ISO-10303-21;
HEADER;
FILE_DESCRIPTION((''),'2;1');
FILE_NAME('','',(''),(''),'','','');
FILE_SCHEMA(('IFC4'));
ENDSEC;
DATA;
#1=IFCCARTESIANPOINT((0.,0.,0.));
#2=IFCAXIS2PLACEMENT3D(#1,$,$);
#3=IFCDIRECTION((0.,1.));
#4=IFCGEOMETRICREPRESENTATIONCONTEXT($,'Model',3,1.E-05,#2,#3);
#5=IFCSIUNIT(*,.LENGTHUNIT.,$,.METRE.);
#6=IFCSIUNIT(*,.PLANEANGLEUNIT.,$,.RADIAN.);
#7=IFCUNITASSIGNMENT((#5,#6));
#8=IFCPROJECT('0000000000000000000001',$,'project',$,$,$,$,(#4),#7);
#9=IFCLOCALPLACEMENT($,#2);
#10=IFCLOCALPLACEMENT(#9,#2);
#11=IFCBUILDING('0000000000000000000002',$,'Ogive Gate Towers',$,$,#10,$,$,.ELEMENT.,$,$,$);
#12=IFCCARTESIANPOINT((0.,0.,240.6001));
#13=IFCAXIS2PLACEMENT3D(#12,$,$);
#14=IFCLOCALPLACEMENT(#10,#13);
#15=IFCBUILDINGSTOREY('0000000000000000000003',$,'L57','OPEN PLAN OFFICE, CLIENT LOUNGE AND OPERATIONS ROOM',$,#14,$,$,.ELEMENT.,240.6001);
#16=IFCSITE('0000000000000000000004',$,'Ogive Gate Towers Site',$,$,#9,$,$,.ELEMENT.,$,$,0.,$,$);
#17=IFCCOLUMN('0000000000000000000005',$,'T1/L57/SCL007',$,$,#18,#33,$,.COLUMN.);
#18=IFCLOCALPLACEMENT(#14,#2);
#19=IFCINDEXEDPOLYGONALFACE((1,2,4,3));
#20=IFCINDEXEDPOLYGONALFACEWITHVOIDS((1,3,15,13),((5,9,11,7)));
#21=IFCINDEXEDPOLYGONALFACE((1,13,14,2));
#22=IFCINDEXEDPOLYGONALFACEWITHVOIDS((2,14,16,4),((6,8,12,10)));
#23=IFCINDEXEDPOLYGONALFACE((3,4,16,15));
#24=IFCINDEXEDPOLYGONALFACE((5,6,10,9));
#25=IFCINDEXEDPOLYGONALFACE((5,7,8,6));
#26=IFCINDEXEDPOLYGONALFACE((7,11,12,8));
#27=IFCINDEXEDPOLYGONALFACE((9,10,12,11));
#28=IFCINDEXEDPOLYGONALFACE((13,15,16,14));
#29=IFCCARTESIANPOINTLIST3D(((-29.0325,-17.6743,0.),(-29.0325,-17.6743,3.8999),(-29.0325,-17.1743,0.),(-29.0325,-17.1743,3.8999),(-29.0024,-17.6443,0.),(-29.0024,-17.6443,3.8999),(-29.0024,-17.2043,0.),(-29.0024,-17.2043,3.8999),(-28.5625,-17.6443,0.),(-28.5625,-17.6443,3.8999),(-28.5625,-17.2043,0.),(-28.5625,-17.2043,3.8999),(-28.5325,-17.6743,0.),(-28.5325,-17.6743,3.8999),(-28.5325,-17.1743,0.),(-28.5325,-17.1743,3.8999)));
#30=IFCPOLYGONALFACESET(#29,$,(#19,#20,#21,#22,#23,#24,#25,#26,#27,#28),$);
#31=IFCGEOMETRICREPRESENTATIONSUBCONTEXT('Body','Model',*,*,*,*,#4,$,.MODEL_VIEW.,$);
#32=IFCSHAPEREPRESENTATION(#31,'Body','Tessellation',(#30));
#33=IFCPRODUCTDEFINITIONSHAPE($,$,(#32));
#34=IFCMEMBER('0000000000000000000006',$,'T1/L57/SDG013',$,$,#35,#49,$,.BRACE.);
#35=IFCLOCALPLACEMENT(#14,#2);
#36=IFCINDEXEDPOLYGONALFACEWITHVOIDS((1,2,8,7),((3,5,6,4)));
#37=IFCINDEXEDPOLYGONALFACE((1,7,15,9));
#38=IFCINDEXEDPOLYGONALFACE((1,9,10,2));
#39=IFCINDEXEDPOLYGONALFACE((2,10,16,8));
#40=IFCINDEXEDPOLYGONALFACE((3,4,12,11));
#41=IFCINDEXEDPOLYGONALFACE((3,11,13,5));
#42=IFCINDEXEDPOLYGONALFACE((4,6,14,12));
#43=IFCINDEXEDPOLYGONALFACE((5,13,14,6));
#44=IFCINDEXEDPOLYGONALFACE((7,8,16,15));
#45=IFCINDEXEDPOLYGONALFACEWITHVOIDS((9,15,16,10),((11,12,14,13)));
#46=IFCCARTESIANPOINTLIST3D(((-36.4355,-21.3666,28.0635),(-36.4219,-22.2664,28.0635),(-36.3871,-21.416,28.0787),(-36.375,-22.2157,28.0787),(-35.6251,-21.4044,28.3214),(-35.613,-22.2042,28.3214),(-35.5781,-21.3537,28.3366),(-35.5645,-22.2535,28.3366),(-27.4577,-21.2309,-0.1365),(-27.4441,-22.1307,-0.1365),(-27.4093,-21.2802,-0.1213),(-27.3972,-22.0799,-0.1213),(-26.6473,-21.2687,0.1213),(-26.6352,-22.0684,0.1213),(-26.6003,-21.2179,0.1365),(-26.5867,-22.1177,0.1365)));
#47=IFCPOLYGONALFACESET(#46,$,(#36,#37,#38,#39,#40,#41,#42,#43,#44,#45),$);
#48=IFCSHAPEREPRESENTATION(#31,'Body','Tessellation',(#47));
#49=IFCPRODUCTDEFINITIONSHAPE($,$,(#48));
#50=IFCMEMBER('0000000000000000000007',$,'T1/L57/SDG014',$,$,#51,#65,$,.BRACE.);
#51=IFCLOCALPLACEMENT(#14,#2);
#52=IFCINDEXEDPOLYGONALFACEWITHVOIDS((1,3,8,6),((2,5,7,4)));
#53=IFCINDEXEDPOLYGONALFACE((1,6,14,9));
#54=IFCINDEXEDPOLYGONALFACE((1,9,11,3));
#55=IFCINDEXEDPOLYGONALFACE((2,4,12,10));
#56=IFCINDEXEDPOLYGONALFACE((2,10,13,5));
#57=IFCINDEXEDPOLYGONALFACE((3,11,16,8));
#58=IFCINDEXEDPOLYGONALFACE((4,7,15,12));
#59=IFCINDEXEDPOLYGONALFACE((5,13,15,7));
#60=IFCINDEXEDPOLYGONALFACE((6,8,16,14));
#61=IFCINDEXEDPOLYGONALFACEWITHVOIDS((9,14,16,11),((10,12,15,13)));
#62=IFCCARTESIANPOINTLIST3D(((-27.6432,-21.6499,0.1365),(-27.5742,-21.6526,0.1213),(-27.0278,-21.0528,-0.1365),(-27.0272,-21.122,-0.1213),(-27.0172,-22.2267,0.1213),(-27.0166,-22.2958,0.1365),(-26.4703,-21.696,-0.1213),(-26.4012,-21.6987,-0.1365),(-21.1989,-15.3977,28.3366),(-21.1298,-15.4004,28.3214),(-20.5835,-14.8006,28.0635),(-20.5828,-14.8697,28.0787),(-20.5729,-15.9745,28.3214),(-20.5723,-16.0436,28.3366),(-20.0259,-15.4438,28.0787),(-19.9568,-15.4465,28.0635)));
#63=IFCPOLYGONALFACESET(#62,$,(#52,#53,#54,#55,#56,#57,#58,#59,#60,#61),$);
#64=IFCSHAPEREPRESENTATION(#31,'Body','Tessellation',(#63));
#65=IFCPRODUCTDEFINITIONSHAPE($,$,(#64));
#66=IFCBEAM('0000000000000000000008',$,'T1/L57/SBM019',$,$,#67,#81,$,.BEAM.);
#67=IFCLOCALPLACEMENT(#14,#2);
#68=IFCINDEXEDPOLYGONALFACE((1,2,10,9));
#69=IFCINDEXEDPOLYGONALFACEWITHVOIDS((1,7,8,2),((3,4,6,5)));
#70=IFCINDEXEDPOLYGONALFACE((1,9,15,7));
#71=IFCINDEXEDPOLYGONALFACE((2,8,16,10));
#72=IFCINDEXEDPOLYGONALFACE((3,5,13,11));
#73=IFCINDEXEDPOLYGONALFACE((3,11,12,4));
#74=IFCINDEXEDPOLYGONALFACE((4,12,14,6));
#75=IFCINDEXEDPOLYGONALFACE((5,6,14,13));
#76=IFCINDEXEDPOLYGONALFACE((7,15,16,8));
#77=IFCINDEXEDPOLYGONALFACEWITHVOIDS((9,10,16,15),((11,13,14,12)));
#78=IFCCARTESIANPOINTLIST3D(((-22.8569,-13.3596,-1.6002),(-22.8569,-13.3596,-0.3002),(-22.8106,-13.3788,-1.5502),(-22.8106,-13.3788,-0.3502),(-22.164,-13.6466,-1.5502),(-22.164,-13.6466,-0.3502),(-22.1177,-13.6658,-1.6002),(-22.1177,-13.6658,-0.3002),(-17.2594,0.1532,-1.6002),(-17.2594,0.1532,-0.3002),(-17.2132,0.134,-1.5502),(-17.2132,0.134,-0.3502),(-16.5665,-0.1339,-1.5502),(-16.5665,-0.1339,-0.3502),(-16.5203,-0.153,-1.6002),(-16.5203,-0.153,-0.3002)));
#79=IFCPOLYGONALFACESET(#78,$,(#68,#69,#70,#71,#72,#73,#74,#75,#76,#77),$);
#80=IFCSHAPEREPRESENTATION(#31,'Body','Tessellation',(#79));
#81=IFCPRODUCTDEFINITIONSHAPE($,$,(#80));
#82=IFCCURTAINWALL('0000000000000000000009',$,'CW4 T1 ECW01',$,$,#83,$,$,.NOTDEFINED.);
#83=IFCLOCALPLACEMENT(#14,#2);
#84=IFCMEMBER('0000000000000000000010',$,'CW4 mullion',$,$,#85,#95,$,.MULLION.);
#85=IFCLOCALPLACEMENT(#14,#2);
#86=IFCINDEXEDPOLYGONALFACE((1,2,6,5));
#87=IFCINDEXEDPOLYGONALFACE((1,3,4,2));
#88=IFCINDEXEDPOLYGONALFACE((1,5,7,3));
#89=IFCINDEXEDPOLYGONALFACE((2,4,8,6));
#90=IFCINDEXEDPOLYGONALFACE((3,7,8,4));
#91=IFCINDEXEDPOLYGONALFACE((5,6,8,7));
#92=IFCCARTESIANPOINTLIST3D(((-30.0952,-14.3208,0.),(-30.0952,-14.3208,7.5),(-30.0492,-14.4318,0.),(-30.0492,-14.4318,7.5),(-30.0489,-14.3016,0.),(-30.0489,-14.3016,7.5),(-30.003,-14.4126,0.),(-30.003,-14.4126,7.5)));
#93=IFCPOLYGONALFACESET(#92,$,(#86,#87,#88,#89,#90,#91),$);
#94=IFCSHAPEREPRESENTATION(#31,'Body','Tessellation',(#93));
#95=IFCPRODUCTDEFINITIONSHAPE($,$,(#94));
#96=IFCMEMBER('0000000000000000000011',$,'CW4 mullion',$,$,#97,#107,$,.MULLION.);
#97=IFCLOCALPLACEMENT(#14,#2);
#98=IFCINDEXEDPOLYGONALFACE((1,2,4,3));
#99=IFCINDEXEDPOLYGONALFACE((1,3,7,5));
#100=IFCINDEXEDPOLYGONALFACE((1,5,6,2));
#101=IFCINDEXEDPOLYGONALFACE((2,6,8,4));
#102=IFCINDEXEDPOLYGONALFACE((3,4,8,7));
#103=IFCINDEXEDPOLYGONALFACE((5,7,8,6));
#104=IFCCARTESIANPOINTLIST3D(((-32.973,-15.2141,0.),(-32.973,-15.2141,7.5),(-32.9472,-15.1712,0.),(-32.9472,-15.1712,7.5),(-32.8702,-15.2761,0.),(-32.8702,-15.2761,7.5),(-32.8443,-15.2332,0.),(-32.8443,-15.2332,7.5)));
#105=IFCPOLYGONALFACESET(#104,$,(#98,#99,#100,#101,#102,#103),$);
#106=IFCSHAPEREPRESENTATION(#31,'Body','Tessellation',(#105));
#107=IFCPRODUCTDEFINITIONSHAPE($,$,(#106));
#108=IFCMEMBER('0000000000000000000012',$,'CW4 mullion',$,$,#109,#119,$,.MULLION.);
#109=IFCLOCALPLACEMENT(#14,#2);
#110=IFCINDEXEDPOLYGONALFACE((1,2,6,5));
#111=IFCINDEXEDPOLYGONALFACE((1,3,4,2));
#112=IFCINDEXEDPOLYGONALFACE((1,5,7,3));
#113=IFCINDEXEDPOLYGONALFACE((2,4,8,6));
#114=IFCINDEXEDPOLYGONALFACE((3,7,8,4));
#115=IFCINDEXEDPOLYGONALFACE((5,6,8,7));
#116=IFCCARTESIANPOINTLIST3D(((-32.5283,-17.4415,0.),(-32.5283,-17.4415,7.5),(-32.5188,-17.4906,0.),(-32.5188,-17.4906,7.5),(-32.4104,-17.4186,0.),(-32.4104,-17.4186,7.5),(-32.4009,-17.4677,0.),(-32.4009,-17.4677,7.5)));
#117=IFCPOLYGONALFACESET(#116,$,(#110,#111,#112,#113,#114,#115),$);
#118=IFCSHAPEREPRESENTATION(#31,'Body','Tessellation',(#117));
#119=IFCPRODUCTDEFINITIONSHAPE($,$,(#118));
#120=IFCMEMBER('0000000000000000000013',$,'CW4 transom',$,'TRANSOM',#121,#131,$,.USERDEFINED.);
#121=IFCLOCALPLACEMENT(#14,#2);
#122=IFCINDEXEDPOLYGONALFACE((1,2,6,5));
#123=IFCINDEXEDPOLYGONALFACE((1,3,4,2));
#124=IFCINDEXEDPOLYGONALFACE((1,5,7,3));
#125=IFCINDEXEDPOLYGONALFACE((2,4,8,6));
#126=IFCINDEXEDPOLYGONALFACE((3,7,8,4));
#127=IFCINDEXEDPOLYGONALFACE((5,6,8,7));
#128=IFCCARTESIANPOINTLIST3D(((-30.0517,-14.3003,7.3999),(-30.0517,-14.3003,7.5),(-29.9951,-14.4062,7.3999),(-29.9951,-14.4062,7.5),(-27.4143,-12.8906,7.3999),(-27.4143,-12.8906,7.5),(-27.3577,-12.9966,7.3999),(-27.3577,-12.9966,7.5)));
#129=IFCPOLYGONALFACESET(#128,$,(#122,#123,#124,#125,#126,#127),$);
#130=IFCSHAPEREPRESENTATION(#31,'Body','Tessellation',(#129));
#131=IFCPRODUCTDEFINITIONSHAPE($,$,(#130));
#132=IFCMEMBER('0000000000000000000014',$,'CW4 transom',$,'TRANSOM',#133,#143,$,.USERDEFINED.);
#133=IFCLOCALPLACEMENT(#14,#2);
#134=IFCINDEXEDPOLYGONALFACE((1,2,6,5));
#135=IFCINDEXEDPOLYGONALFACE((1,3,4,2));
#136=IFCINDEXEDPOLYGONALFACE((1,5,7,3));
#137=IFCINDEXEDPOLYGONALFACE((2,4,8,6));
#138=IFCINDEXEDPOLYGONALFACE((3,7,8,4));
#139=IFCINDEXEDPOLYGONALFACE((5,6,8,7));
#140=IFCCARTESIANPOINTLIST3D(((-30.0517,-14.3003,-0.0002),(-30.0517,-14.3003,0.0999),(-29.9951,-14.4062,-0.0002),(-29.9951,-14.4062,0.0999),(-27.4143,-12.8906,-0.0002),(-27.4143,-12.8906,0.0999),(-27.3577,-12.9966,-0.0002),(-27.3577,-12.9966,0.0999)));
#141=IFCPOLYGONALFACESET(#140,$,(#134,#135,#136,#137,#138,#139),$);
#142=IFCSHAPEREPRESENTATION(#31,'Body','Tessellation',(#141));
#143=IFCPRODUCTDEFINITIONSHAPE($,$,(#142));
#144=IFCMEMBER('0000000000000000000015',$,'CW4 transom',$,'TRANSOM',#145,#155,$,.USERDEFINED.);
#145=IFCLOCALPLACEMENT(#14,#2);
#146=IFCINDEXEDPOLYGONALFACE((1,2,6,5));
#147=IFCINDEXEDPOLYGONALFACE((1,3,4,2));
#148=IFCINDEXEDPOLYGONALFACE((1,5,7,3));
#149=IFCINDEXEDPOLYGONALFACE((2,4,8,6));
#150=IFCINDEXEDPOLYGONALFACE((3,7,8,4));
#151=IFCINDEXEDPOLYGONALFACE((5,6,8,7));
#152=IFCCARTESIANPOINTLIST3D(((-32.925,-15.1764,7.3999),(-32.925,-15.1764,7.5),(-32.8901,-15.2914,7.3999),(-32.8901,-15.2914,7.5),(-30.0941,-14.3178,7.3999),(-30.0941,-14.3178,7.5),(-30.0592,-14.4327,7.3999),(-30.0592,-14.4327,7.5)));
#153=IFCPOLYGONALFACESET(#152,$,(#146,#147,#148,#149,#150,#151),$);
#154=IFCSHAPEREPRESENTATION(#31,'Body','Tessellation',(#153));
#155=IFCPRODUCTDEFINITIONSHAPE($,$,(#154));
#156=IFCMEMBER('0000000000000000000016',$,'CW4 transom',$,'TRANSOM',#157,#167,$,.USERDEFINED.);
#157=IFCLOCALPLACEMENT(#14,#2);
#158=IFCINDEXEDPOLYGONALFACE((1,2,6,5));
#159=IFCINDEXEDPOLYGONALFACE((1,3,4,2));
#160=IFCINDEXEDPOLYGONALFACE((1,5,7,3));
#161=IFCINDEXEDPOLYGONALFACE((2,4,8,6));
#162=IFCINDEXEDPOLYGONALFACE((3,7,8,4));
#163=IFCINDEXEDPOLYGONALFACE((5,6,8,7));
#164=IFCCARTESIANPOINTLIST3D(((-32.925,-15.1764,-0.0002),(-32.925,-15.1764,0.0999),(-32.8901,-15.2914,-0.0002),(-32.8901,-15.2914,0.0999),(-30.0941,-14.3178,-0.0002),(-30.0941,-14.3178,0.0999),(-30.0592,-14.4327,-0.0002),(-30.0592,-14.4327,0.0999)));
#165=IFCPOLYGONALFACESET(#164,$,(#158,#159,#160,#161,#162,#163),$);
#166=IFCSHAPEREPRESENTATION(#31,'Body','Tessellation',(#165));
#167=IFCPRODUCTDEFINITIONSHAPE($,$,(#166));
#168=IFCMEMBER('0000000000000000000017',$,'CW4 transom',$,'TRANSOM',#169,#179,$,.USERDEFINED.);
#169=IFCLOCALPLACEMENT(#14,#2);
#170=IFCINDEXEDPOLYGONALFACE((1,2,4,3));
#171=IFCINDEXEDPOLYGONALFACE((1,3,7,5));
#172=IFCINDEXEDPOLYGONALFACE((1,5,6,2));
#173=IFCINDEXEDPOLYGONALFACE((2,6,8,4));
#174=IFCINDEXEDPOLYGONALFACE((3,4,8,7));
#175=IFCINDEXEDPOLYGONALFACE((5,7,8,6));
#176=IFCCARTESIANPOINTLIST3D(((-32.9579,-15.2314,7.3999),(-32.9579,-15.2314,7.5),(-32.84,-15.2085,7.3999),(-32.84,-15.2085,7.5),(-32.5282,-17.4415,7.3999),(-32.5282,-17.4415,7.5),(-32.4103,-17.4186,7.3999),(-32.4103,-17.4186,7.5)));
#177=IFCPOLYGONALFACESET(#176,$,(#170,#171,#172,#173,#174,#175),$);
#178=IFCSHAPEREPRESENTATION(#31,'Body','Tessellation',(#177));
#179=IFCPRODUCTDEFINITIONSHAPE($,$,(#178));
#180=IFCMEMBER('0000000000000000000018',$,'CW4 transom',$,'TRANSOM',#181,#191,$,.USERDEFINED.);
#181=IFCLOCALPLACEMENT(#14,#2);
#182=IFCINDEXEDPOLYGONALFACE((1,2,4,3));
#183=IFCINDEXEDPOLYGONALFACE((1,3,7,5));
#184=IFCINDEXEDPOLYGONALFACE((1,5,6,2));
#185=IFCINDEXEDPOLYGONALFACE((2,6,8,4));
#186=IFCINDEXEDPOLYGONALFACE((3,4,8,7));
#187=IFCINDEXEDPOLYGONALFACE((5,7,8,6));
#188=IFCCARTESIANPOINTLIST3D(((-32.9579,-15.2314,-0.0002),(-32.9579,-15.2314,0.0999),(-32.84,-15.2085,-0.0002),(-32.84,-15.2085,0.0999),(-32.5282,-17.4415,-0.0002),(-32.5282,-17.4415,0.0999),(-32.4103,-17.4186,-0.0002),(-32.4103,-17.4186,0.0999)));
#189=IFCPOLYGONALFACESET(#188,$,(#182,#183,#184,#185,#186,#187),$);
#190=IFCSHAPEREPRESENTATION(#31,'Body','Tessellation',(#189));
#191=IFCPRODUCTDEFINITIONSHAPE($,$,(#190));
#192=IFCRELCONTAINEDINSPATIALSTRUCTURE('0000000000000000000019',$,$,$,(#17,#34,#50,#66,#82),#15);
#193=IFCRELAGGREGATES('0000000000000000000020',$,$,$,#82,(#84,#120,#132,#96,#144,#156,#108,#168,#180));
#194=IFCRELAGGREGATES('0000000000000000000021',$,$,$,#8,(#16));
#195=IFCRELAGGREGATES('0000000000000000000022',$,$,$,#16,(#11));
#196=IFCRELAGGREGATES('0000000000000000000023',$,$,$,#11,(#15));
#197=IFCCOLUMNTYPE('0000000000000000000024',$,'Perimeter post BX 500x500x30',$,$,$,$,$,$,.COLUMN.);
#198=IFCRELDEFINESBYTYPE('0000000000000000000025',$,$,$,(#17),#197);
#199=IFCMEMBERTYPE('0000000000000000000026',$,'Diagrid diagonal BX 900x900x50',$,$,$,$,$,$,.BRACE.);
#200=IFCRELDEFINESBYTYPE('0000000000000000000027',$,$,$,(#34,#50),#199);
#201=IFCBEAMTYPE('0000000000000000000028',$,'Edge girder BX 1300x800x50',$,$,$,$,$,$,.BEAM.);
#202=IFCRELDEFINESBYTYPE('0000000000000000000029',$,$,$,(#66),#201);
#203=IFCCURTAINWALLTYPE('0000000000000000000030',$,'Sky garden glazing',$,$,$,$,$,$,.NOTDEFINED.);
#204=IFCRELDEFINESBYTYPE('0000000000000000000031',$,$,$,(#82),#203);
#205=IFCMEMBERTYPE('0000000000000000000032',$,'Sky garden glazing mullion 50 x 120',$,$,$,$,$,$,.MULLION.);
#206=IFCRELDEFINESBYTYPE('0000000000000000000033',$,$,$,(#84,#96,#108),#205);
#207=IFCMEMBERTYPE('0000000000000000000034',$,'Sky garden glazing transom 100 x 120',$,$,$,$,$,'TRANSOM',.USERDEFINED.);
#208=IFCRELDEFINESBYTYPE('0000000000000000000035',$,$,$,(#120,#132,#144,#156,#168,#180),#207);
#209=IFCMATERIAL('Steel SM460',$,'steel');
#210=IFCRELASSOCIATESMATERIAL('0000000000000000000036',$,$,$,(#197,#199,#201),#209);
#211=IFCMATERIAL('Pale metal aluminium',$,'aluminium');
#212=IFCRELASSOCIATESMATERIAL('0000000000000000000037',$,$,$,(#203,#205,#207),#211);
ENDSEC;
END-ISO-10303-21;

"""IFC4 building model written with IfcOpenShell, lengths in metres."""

from ifc_helpers import new_model, si_unit, direction, frame, origin, origin_2d, place, context, subcontext, project, spatial, rectangle, hollow_rectangle, extrude, material, material_profile, profile_set, type_object, element, aggregate, save


model = new_model("IFC4")

# Units and contexts
model_context = context("Model", 3, precision=1e-05, world=origin(), true_north=direction((0.0, 1.0)))
body_context = subcontext(model_context, "Body", "Model", "MODEL_VIEW")
ifc_project = project(units=[si_unit("LENGTHUNIT", "METRE"), si_unit("PLANEANGLEUNIT", "RADIAN")], contexts=[model_context])

# Site, building, storey
site_placement = place(None, origin())
site = spatial("IfcSite", under=ifc_project, at=site_placement, Name="Ogive Gate Towers Site", CompositionType="ELEMENT", RefElevation=0.0)
building_placement = place(site_placement, origin())
building = spatial("IfcBuilding", under=site, at=building_placement, Name="Ogive Gate Towers", CompositionType="ELEMENT")
storey_placement = place(building_placement, frame((0.0, 0.0, 240.6001)))
storey = spatial("IfcBuildingStorey", under=building, at=storey_placement, Name="L57", Description="OPEN PLAN OFFICE, CLIENT LOUNGE AND OPERATIONS ROOM", CompositionType="ELEMENT", Elevation=240.6001)

# Column
ifc_material_1 = material(Name="Steel SM460", Category="steel")
ifc_material_profile_1 = material_profile(ifc_material_1, hollow_rectangle(XDim=0.5, YDim=0.5, WallThickness=0.03, at=origin_2d()), Name="BX 500x500x30")
ifc_profile_set_1 = profile_set([ifc_material_profile_1], Name="Steel SM460")
column_type = type_object("IfcColumnType", Name="Perimeter post BX 500x500x30", PredefinedType="COLUMN", material=ifc_profile_set_1)
column_placement = place(storey_placement, frame((-28.7825, -17.4243, 0.0), z_axis=(0.0, 0.0, 1.0), x_axis=(1.0, 0.0, 0.0)))
element("IfcColumn", 1, at=column_placement, inside=storey, type_object=column_type, Name="T1/L57/SCL007", PredefinedType="COLUMN", context=body_context, shape_type="SweptSolid", body=[
    extrude(hollow_rectangle(XDim=0.5, YDim=0.5, WallThickness=0.03, at=origin_2d()), origin(), (0.0, 0.0, 1.0), 3.8999),
])

# Members
ifc_material_profile_2 = material_profile(ifc_material_1, hollow_rectangle(XDim=0.8999, YDim=0.8999, WallThickness=0.05, at=origin_2d()), Name="BX 900x900x50")
ifc_profile_set_2 = profile_set([ifc_material_profile_2], Name="Steel SM460")
member_type_1 = type_object("IfcMemberType", Name="Diagrid diagonal BX 900x900x50", PredefinedType="BRACE", material=ifc_profile_set_2)
for number, where, z_axis, x_axis, name in (
    (2, (-27.0222, -21.6743, 0.0), (-0.303356, -0.004587, 0.952866), (0.015118, -0.999886, 0.0), "T1/L57/SDG013"),
    (3, (-27.0222, -21.6743, 0.0), (0.217752, 0.211259, 0.952866), (-0.696326, 0.717725, 0.0), "T1/L57/SDG014"),
):
    element("IfcMember", number, at=place(storey_placement, frame(where, z_axis=z_axis, x_axis=x_axis)), inside=storey, type_object=member_type_1, Name=name, PredefinedType="BRACE", context=body_context, shape_type="SweptSolid", body=[
        extrude(hollow_rectangle(XDim=0.8999, YDim=0.8999, WallThickness=0.05, at=origin_2d()), origin(), (0.0, 0.0, 1.0), 29.595),
    ])

# Beam
ifc_material_profile_3 = material_profile(ifc_material_1, hollow_rectangle(XDim=0.8, YDim=1.3, WallThickness=0.05, at=origin_2d()), Name="BX 1300x800x50")
ifc_profile_set_3 = profile_set([ifc_material_profile_3], Name="Steel SM460")
beam_type = type_object("IfcBeamType", Name="Edge girder BX 1300x800x50", PredefinedType="BEAM", material=ifc_profile_set_3)
beam_placement = place(storey_placement, frame((-22.4873, -13.5127, -0.9502), z_axis=(0.382699, 0.923873, 0.0), x_axis=(-0.923873, 0.382699, 0.0)))
element("IfcBeam", 4, at=beam_placement, inside=storey, type_object=beam_type, Name="T1/L57/SBM019", PredefinedType="BEAM", context=body_context, shape_type="SweptSolid", body=[
    extrude(hollow_rectangle(XDim=0.8, YDim=1.3, WallThickness=0.05, at=origin_2d()), origin(), (0.0, 0.0, 1.0), 14.6262),
])

# Curtain wall, members
ifc_material_2 = material(Name="Pale metal aluminium", Category="aluminium")
curtain_wall_type_1 = type_object("IfcCurtainWallType", Name="Sky garden glazing", PredefinedType="NOTDEFINED", material=ifc_material_2)
curtain_wall_1_placement = place(storey_placement, origin())
curtain_wall_1 = element("IfcCurtainWall", 5, at=curtain_wall_1_placement, inside=storey, type_object=curtain_wall_type_1, Name="CW4 T1 ECW01", PredefinedType="NOTDEFINED")
ifc_material_profile_4 = material_profile(ifc_material_2, rectangle(XDim=0.1201, YDim=0.05, at=origin_2d()), Name="50 x 120 aluminium box")
ifc_profile_set_4 = profile_set([ifc_material_profile_4], Name="Pale metal aluminium")
member_type_2 = type_object("IfcMemberType", Name="Sky garden glazing mullion 50 x 120", PredefinedType="MULLION", material=ifc_profile_set_4)
member_1_placement = place(storey_placement, frame((-30.0491, -14.3667, 0.0), z_axis=(0.0, 0.0, 1.0), x_axis=(-0.382683, 0.92388, 0.0)))
member_1 = element("IfcMember", 6, at=member_1_placement, type_object=member_type_2, Name="CW4 mullion", PredefinedType="MULLION", context=body_context, shape_type="SweptSolid", body=[
    extrude(rectangle(XDim=0.1201, YDim=0.05, at=origin_2d()), origin(), (0.0, 0.0, 1.0), 7.5),
])
member_2_placement = place(storey_placement, frame((-32.9087, -15.2236, 0.0), z_axis=(0.0, 0.0, 1.0), x_axis=(-0.856609, 0.515965, 0.0)))
member_2 = element("IfcMember", 7, at=member_2_placement, type_object=member_type_2, Name="CW4 mullion", PredefinedType="MULLION", context=body_context, shape_type="SweptSolid", body=[
    extrude(rectangle(XDim=0.1201, YDim=0.05, at=origin_2d()), origin(), (0.0, 0.0, 1.0), 7.5),
])
member_3_placement = place(storey_placement, frame((-32.4646, -17.4546, 0.0), z_axis=(0.0, 0.0, 1.0), x_axis=(-0.981624, -0.190826, 0.0)))
member_3 = element("IfcMember", 8, at=member_3_placement, type_object=member_type_2, Name="CW4 mullion", PredefinedType="MULLION", context=body_context, shape_type="SweptSolid", body=[
    extrude(rectangle(XDim=0.1201, YDim=0.05, at=origin_2d()), origin(), (0.0, 0.0, 1.0), 7.5),
])
ifc_material_profile_5 = material_profile(ifc_material_2, rectangle(XDim=0.1201, YDim=0.1001, at=origin_2d()), Name="100 x 120 aluminium box")
ifc_profile_set_5 = profile_set([ifc_material_profile_5], Name="Pale metal aluminium")
member_type_3 = type_object("IfcMemberType", Name="Sky garden glazing transom 100 x 120", ElementType="TRANSOM", PredefinedType="USERDEFINED", material=ifc_profile_set_5)
member_4_placement = place(storey_placement, frame((-27.386, -12.9436, 7.45), z_axis=(-0.881932, -0.471376, 0.0), x_axis=(0.471376, -0.881932, 0.0)))
member_4 = element("IfcMember", 9, at=member_4_placement, type_object=member_type_3, Name="CW4 transom", ObjectType="TRANSOM", PredefinedType="USERDEFINED", context=body_context, shape_type="SweptSolid", body=[
    extrude(rectangle(XDim=0.1201, YDim=0.1001, at=origin_2d()), origin(), (0.0, 0.0, 1.0), 2.9905),
])
member_5_placement = place(storey_placement, frame((-27.386, -12.9436, 0.0498), z_axis=(-0.881932, -0.471376, 0.0), x_axis=(0.471376, -0.881932, 0.0)))
member_5 = element("IfcMember", 10, at=member_5_placement, type_object=member_type_3, Name="CW4 transom", ObjectType="TRANSOM", PredefinedType="USERDEFINED", context=body_context, shape_type="SweptSolid", body=[
    extrude(rectangle(XDim=0.1201, YDim=0.1001, at=origin_2d()), origin(), (0.0, 0.0, 1.0), 2.9905),
])
member_6_placement = place(storey_placement, frame((-30.0767, -14.3752, 7.45), z_axis=(-0.956947, -0.290262, 0.0), x_axis=(0.290262, -0.956947, 0.0)))
member_6 = element("IfcMember", 11, at=member_6_placement, type_object=member_type_3, Name="CW4 transom", ObjectType="TRANSOM", PredefinedType="USERDEFINED", context=body_context, shape_type="SweptSolid", body=[
    extrude(rectangle(XDim=0.1201, YDim=0.1001, at=origin_2d()), origin(), (0.0, 0.0, 1.0), 2.9583),
])
member_7_placement = place(storey_placement, frame((-30.0767, -14.3752, 0.0498), z_axis=(-0.956947, -0.290262, 0.0), x_axis=(0.290262, -0.956947, 0.0)))
member_7 = element("IfcMember", 12, at=member_7_placement, type_object=member_type_3, Name="CW4 transom", ObjectType="TRANSOM", PredefinedType="USERDEFINED", context=body_context, shape_type="SweptSolid", body=[
    extrude(rectangle(XDim=0.1201, YDim=0.1001, at=origin_2d()), origin(), (0.0, 0.0, 1.0), 2.9583),
])
member_8_placement = place(storey_placement, frame((-32.8989, -15.22, 7.45), z_axis=(0.190858, -0.981618, 0.0), x_axis=(0.981618, 0.190858, 0.0)))
member_8 = element("IfcMember", 13, at=member_8_placement, type_object=member_type_3, Name="CW4 transom", ObjectType="TRANSOM", PredefinedType="USERDEFINED", context=body_context, shape_type="SweptSolid", body=[
    extrude(rectangle(XDim=0.1201, YDim=0.1001, at=origin_2d()), origin(), (0.0, 0.0, 1.0), 2.2515),
])
member_9_placement = place(storey_placement, frame((-32.8989, -15.22, 0.0498), z_axis=(0.190858, -0.981618, 0.0), x_axis=(0.981618, 0.190858, 0.0)))
member_9 = element("IfcMember", 14, at=member_9_placement, type_object=member_type_3, Name="CW4 transom", ObjectType="TRANSOM", PredefinedType="USERDEFINED", context=body_context, shape_type="SweptSolid", body=[
    extrude(rectangle(XDim=0.1201, YDim=0.1001, at=origin_2d()), origin(), (0.0, 0.0, 1.0), 2.2515),
])

aggregate(curtain_wall_1, [member_1, member_4, member_5, member_2, member_6, member_7, member_3, member_8, member_9])

save(model, "model.ifc")
